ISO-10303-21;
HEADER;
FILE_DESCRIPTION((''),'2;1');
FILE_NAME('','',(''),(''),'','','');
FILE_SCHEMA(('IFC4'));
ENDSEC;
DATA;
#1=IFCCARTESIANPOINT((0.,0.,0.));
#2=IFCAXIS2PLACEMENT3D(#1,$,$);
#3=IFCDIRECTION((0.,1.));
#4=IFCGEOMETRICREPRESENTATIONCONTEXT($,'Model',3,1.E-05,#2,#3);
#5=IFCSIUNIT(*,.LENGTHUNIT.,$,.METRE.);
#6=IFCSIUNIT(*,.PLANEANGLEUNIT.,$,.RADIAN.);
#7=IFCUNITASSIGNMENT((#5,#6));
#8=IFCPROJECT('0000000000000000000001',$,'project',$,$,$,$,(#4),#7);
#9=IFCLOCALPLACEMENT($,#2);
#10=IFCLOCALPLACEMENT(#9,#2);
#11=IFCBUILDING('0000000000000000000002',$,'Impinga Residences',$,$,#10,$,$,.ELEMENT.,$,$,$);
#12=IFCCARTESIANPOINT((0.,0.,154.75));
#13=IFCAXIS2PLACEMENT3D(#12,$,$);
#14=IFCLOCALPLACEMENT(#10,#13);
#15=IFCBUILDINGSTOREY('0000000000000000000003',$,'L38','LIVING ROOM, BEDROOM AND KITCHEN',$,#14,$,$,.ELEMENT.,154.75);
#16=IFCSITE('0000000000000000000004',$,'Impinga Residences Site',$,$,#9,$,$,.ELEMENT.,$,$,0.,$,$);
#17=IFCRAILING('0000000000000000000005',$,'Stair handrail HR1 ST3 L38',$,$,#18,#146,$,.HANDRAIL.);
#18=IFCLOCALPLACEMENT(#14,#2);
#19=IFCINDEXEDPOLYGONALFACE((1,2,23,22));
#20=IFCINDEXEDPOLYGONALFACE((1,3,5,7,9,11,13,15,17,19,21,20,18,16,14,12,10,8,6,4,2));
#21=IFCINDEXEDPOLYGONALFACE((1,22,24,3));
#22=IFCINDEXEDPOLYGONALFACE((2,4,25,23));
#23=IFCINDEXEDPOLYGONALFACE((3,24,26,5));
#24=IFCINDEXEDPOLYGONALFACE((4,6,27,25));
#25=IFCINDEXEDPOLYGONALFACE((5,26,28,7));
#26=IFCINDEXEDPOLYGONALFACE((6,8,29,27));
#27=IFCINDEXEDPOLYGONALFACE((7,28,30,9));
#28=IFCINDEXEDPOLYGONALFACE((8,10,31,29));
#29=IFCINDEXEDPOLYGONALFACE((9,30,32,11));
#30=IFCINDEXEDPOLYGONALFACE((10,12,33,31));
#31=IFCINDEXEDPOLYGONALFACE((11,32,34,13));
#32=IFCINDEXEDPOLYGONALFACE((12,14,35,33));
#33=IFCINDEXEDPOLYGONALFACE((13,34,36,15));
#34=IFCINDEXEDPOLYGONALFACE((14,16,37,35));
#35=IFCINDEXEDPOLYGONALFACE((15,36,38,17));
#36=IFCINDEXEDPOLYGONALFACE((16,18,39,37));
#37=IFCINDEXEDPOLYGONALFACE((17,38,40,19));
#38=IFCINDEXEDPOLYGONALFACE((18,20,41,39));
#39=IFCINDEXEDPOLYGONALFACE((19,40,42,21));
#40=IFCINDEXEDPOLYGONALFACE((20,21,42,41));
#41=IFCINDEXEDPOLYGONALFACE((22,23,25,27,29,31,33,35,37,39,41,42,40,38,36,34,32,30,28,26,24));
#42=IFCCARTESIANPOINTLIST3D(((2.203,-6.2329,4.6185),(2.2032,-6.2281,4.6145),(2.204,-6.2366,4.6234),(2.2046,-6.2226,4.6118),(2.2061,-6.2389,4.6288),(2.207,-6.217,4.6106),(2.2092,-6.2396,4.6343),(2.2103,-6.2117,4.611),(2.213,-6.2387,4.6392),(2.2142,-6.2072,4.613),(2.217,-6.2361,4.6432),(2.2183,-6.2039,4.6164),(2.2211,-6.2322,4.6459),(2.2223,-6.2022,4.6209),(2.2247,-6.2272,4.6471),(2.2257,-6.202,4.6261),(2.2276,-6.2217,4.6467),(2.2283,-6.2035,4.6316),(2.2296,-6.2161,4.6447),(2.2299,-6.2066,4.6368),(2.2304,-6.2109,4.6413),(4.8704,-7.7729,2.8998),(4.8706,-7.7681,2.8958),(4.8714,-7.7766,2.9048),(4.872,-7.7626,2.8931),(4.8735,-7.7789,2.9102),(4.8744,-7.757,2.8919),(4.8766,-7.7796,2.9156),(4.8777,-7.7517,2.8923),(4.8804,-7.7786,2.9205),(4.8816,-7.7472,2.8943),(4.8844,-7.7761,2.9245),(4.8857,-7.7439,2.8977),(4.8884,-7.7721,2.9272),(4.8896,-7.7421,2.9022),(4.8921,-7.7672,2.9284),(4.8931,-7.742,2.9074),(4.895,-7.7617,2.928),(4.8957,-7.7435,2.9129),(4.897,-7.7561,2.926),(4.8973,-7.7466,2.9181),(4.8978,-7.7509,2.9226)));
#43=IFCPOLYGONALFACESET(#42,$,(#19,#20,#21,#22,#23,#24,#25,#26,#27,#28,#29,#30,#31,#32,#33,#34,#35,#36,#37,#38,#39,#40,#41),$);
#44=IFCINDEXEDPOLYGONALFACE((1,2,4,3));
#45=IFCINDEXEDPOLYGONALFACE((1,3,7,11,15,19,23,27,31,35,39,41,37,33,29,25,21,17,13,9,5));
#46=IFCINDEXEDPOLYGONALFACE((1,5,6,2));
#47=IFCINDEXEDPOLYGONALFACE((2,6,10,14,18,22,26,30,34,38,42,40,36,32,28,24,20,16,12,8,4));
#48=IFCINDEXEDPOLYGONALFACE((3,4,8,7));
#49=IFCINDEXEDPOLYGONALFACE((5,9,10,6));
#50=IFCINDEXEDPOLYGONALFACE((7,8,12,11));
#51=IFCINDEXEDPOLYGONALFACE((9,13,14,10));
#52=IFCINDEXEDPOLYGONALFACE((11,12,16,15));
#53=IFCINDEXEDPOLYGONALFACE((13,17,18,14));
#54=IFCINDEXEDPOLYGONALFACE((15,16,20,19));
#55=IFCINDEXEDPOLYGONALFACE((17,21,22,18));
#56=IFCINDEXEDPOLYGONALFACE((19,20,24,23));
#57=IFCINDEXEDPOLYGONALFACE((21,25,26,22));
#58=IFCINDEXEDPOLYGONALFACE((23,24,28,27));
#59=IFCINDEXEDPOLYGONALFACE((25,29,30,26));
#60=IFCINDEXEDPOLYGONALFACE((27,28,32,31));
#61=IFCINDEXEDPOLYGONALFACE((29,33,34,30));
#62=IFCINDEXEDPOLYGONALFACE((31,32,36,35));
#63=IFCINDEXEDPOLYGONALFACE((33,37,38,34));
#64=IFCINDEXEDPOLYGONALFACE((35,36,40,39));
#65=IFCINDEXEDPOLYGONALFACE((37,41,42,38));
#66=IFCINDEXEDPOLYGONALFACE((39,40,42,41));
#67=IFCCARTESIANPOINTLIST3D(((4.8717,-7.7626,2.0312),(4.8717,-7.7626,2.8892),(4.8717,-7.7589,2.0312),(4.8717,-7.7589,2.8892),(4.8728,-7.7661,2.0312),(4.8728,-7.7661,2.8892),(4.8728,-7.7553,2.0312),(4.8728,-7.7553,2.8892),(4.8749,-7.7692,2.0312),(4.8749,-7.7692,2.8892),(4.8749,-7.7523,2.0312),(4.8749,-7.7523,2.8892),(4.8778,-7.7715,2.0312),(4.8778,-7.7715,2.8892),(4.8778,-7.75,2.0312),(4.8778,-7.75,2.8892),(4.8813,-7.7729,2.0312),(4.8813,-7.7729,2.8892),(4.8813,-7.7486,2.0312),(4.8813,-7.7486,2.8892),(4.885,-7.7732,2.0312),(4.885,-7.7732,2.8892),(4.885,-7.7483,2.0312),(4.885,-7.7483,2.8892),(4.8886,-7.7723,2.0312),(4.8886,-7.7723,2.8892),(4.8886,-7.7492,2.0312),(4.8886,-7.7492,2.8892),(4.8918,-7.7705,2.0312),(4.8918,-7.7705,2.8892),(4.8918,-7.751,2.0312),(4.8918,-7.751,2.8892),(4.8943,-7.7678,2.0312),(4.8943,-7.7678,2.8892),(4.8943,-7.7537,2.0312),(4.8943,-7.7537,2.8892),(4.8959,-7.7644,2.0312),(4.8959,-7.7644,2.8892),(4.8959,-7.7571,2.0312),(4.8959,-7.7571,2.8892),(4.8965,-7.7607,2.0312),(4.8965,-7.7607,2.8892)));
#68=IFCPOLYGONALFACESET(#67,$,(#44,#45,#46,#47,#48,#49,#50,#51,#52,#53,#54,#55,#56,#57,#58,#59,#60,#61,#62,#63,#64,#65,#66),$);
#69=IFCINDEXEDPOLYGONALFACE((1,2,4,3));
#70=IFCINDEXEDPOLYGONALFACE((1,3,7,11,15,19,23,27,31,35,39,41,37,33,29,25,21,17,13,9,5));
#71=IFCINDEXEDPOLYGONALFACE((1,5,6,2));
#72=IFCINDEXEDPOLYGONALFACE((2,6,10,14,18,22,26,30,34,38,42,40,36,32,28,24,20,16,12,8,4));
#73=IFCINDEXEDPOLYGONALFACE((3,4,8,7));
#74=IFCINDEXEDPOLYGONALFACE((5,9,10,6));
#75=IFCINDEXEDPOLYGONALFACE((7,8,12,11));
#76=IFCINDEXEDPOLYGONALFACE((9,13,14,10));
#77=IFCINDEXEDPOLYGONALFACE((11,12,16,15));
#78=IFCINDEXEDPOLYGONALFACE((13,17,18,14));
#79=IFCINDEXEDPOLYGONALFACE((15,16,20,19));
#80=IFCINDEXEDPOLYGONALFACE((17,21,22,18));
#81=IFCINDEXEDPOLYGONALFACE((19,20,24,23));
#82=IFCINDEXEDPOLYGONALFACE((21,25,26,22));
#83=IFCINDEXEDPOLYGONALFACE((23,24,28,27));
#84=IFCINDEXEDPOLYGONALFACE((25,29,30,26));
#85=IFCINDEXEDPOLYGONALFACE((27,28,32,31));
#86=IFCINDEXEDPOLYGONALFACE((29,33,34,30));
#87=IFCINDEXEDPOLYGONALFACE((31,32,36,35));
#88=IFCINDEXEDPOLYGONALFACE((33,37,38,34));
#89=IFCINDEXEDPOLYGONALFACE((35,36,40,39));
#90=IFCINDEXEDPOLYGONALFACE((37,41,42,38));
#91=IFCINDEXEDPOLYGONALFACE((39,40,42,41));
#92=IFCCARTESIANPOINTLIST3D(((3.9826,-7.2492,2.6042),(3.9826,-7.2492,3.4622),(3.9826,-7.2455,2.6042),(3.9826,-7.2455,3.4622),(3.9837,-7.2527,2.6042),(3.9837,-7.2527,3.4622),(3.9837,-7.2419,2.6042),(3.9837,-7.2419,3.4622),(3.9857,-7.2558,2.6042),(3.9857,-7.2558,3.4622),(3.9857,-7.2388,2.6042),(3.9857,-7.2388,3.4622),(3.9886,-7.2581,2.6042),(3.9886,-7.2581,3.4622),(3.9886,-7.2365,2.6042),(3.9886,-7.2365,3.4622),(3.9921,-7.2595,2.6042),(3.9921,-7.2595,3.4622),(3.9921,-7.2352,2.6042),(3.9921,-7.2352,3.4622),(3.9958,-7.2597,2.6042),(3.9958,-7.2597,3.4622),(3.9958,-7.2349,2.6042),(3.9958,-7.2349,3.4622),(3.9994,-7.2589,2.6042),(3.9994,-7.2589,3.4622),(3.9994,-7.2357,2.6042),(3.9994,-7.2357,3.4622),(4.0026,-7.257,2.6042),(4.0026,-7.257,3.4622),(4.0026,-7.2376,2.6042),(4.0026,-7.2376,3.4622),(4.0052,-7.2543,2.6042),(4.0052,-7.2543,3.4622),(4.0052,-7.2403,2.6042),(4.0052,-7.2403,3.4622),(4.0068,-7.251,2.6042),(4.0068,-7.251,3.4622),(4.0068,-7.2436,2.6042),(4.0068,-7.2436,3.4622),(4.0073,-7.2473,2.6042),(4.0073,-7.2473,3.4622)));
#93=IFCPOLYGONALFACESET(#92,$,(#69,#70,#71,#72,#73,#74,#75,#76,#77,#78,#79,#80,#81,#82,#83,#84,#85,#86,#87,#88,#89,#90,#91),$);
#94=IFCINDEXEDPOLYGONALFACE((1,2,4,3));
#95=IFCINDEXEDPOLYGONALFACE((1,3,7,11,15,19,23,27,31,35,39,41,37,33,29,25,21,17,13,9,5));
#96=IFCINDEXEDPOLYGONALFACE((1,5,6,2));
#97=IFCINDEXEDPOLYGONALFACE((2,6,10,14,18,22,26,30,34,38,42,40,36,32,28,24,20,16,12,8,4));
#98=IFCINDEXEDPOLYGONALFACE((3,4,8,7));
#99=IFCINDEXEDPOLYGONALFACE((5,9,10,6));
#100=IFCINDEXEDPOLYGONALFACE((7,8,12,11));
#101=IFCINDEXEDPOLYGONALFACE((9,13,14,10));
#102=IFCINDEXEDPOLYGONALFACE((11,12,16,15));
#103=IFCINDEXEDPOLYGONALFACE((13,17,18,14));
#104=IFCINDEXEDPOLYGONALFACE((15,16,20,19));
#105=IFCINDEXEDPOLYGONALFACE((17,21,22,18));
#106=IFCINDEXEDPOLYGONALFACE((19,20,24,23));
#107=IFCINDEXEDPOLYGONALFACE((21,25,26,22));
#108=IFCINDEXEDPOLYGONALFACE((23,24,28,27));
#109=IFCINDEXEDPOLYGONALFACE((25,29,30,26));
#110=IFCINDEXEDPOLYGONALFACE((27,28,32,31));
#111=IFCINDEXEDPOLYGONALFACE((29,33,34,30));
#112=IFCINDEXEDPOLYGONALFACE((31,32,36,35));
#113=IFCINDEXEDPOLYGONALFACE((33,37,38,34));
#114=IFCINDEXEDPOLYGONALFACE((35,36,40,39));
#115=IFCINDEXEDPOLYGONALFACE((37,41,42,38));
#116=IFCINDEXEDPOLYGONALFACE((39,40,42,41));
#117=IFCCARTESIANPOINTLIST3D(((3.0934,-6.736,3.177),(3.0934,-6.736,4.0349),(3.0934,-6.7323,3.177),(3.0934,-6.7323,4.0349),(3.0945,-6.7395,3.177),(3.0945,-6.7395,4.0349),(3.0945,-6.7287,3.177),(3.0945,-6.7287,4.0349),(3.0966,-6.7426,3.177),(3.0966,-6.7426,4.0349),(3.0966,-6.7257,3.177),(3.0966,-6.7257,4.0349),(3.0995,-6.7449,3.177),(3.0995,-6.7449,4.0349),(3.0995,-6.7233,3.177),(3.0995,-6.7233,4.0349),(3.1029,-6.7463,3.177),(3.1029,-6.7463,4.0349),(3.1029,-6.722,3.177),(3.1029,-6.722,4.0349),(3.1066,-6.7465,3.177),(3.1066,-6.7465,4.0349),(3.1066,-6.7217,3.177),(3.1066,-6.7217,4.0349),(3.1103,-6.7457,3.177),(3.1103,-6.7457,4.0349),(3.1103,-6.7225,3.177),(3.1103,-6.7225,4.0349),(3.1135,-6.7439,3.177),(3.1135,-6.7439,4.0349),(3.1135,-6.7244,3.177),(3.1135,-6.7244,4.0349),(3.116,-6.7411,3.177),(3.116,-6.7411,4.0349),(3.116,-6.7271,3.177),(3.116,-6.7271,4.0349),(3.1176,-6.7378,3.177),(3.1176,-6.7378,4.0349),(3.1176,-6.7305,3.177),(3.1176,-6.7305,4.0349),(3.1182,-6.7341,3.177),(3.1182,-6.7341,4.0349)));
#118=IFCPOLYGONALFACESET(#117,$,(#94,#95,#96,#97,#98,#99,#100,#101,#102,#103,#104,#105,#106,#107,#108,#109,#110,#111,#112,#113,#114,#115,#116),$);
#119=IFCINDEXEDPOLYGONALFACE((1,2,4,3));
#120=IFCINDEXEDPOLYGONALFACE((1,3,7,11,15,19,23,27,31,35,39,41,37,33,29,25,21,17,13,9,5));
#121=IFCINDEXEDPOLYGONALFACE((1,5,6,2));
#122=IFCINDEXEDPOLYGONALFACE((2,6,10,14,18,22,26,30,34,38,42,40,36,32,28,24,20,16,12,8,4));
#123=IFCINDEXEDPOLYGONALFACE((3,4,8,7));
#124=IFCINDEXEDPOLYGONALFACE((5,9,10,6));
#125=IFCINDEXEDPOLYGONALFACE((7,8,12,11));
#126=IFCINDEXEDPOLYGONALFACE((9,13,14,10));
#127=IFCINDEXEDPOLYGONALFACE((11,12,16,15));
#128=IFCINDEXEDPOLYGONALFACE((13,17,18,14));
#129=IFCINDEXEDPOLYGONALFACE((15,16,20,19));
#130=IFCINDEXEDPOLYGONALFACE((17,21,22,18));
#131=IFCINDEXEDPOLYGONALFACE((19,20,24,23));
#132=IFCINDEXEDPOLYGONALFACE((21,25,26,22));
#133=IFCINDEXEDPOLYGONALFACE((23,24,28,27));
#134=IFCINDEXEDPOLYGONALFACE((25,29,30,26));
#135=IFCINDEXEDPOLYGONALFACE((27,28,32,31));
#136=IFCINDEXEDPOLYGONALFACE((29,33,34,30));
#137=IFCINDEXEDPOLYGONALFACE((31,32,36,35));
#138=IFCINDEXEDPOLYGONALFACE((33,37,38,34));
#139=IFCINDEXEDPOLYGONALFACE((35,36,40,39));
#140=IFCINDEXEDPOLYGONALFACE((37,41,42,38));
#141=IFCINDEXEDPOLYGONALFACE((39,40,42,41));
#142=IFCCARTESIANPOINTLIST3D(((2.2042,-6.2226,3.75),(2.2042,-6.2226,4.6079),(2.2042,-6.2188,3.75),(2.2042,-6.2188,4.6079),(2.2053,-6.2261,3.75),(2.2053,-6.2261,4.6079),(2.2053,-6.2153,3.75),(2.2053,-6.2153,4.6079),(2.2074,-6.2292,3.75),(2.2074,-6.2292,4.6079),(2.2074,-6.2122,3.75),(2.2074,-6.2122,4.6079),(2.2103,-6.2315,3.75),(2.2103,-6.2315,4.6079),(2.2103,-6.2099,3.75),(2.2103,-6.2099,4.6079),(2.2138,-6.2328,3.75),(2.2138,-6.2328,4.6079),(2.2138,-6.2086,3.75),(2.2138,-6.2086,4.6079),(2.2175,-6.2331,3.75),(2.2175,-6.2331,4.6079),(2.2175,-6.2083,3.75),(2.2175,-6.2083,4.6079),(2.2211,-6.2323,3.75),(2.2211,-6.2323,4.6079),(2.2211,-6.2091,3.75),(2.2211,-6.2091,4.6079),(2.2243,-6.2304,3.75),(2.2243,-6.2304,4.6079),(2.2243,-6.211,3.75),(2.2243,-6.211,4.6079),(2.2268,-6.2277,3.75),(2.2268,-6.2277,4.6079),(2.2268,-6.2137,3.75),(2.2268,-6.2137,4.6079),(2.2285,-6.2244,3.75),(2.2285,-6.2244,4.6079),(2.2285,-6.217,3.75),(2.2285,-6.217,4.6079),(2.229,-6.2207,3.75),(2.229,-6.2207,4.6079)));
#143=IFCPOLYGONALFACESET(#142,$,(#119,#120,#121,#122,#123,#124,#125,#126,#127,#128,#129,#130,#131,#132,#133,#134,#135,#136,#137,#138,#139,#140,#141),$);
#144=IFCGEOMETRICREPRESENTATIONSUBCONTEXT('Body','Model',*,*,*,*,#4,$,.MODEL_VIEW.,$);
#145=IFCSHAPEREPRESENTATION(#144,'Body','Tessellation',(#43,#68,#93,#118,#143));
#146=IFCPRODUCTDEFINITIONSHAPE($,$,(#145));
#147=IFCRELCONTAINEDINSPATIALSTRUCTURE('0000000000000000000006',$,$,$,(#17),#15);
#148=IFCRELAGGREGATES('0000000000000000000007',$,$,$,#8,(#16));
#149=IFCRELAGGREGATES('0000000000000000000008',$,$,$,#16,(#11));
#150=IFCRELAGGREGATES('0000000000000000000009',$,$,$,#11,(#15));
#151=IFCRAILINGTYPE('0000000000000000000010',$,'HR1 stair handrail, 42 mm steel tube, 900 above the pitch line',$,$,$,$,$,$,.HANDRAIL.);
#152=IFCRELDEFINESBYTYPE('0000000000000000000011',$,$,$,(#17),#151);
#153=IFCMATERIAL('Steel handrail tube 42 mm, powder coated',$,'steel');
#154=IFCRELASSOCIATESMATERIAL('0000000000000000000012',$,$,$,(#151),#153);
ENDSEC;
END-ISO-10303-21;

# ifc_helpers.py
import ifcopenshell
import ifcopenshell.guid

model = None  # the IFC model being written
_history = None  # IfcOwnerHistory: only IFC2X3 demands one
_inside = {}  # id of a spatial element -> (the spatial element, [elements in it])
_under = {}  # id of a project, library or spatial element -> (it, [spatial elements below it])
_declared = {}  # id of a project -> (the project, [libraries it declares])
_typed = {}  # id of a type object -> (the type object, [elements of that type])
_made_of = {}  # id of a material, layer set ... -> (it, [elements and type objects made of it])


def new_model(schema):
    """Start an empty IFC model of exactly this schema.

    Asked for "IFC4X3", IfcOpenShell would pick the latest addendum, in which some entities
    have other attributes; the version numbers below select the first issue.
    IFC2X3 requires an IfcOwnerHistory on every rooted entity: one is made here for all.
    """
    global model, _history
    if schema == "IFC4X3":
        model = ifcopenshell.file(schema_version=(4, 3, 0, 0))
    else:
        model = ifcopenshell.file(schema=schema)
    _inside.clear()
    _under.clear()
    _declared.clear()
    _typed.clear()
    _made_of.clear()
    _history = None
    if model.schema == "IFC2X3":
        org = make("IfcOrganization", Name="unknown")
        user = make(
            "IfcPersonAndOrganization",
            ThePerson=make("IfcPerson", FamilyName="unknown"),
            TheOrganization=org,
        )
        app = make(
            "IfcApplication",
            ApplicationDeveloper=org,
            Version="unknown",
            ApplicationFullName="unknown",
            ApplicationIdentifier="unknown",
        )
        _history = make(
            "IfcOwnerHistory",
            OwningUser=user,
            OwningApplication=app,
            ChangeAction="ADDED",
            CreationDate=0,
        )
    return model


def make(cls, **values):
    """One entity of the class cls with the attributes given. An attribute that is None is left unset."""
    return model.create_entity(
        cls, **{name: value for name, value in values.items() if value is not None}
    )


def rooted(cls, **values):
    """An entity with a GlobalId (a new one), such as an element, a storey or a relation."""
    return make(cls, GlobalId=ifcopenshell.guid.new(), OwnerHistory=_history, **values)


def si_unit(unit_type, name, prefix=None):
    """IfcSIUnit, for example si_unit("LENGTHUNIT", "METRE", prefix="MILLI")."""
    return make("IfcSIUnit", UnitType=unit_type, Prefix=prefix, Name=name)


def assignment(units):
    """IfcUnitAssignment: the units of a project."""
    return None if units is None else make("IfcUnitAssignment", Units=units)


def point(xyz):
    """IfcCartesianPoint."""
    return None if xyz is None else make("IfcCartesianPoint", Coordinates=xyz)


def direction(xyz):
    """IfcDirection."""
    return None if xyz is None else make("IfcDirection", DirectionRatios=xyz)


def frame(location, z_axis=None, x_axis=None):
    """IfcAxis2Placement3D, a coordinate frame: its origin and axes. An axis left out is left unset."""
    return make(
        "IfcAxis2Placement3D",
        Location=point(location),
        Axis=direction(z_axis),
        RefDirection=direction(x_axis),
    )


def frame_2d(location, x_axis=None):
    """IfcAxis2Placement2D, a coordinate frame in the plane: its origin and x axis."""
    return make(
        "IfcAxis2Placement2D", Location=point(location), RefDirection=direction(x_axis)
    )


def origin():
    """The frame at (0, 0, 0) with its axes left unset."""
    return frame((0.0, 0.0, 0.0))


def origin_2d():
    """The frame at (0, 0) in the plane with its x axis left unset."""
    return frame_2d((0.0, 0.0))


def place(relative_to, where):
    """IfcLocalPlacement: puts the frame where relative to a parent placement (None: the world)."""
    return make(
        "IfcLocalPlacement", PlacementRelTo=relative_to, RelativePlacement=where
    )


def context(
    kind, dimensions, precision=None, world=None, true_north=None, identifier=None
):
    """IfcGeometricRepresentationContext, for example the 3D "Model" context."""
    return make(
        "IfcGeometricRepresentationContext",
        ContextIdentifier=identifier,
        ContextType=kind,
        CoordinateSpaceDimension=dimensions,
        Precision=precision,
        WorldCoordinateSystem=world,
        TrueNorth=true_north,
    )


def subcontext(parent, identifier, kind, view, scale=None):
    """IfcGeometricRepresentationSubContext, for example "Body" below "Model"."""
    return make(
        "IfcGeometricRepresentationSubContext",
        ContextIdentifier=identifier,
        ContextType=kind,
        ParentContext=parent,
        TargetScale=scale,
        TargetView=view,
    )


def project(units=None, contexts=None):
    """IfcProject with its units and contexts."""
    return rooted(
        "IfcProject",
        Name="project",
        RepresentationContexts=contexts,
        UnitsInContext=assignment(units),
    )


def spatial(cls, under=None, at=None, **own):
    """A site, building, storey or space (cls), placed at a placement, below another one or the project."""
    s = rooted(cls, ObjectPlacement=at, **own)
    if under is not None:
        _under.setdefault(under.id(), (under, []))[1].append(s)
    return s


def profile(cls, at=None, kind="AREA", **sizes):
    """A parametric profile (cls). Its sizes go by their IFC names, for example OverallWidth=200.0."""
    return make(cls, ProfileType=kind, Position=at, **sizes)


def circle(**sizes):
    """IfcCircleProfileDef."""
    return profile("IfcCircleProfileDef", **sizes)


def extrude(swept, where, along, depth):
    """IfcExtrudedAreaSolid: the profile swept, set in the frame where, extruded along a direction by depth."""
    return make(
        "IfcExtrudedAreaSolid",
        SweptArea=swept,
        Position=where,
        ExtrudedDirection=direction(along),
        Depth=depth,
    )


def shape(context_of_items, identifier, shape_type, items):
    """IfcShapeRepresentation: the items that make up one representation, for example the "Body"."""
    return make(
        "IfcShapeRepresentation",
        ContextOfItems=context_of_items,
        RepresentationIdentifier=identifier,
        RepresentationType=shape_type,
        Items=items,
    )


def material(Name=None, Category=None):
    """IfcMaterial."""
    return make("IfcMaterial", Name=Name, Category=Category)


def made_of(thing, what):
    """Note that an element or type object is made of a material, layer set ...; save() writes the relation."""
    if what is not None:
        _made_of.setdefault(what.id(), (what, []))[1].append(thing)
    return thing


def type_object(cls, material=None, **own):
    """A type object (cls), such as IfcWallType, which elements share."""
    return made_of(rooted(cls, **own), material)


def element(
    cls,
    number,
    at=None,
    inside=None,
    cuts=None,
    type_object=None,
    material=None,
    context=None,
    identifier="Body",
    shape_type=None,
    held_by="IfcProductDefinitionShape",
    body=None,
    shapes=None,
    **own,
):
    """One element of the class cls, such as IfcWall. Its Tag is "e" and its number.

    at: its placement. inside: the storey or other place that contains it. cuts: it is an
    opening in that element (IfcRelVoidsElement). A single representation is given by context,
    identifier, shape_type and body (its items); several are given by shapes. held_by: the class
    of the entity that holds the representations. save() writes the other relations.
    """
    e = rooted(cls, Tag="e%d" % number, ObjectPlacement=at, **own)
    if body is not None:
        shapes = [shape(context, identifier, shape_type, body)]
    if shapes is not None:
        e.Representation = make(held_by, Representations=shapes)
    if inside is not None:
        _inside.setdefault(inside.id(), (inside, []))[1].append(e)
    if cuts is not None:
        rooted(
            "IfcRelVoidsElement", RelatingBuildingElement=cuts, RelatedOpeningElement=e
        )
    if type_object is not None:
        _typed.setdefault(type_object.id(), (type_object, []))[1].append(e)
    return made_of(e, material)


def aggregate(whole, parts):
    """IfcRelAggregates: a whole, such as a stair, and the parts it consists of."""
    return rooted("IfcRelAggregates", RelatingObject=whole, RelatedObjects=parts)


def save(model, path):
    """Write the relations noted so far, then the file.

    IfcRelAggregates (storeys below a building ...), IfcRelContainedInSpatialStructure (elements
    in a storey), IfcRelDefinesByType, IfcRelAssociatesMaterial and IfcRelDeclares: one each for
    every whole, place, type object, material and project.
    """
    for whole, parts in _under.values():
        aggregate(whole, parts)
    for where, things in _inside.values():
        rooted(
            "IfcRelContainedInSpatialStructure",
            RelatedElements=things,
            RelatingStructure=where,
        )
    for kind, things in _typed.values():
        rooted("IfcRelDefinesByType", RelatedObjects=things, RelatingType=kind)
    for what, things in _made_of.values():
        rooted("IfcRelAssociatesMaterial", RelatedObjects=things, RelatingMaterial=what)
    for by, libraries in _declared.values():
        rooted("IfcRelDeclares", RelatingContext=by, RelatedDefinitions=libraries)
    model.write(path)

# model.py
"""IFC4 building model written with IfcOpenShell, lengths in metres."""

from ifc_helpers import new_model, si_unit, direction, frame, origin, origin_2d, place, context, subcontext, project, spatial, circle, extrude, material, type_object, element, save


model = new_model("IFC4")

# Units and contexts
model_context = context("Model", 3, precision=1e-05, world=origin(), true_north=direction((0.0, 1.0)))
body_context = subcontext(model_context, "Body", "Model", "MODEL_VIEW")
ifc_project = project(units=[si_unit("LENGTHUNIT", "METRE"), si_unit("PLANEANGLEUNIT", "RADIAN")], contexts=[model_context])

# Site, building, storey
site_placement = place(None, origin())
site = spatial("IfcSite", under=ifc_project, at=site_placement, Name="Impinga Residences Site", CompositionType="ELEMENT", RefElevation=0.0)
building_placement = place(site_placement, origin())
building = spatial("IfcBuilding", under=site, at=building_placement, Name="Impinga Residences", CompositionType="ELEMENT")
storey_placement = place(building_placement, frame((0.0, 0.0, 154.75)))
storey = spatial("IfcBuildingStorey", under=building, at=storey_placement, Name="L38", Description="LIVING ROOM, BEDROOM AND KITCHEN", CompositionType="ELEMENT", Elevation=154.75)

# Railing
ifc_material_1 = material(Name="Steel handrail tube 42 mm, powder coated", Category="steel")
railing_type_1 = type_object("IfcRailingType", Name="HR1 stair handrail, 42 mm steel tube, 900 above the pitch line", PredefinedType="HANDRAIL", material=ifc_material_1)
railing_1_placement = place(storey_placement, frame((4.884, -7.7607, 2.0312)))
element("IfcRailing", 1, at=railing_1_placement, inside=storey, type_object=railing_type_1, Name="Stair handrail HR1 ST3 L38", PredefinedType="HANDRAIL", context=body_context, shape_type="SweptSolid", body=[
    extrude(circle(Radius=0.021, at=origin_2d()), frame((0.0, 0.0, 0.8789), z_axis=(-0.756256, 0.436616, 0.487282), x_axis=(-0.499992, -0.86603, 0.0)), (0.0, 0.0, 1.0), 3.5271),
    extrude(circle(Radius=0.0125, at=origin_2d()), origin(), (0.0, 0.0, 1.0), 0.8579),
    extrude(circle(Radius=0.0125, at=origin_2d()), frame((-0.8892, 0.5134, 0.573)), (0.0, 0.0, 1.0), 0.8579),
    extrude(circle(Radius=0.0125, at=origin_2d()), frame((-1.7783, 1.0266, 1.1458)), (0.0, 0.0, 1.0), 0.8579),
    extrude(circle(Radius=0.0125, at=origin_2d()), frame((-2.6675, 1.54, 1.7188)), (0.0, 0.0, 1.0), 0.8579),
])

save(model, "model.ifc")
